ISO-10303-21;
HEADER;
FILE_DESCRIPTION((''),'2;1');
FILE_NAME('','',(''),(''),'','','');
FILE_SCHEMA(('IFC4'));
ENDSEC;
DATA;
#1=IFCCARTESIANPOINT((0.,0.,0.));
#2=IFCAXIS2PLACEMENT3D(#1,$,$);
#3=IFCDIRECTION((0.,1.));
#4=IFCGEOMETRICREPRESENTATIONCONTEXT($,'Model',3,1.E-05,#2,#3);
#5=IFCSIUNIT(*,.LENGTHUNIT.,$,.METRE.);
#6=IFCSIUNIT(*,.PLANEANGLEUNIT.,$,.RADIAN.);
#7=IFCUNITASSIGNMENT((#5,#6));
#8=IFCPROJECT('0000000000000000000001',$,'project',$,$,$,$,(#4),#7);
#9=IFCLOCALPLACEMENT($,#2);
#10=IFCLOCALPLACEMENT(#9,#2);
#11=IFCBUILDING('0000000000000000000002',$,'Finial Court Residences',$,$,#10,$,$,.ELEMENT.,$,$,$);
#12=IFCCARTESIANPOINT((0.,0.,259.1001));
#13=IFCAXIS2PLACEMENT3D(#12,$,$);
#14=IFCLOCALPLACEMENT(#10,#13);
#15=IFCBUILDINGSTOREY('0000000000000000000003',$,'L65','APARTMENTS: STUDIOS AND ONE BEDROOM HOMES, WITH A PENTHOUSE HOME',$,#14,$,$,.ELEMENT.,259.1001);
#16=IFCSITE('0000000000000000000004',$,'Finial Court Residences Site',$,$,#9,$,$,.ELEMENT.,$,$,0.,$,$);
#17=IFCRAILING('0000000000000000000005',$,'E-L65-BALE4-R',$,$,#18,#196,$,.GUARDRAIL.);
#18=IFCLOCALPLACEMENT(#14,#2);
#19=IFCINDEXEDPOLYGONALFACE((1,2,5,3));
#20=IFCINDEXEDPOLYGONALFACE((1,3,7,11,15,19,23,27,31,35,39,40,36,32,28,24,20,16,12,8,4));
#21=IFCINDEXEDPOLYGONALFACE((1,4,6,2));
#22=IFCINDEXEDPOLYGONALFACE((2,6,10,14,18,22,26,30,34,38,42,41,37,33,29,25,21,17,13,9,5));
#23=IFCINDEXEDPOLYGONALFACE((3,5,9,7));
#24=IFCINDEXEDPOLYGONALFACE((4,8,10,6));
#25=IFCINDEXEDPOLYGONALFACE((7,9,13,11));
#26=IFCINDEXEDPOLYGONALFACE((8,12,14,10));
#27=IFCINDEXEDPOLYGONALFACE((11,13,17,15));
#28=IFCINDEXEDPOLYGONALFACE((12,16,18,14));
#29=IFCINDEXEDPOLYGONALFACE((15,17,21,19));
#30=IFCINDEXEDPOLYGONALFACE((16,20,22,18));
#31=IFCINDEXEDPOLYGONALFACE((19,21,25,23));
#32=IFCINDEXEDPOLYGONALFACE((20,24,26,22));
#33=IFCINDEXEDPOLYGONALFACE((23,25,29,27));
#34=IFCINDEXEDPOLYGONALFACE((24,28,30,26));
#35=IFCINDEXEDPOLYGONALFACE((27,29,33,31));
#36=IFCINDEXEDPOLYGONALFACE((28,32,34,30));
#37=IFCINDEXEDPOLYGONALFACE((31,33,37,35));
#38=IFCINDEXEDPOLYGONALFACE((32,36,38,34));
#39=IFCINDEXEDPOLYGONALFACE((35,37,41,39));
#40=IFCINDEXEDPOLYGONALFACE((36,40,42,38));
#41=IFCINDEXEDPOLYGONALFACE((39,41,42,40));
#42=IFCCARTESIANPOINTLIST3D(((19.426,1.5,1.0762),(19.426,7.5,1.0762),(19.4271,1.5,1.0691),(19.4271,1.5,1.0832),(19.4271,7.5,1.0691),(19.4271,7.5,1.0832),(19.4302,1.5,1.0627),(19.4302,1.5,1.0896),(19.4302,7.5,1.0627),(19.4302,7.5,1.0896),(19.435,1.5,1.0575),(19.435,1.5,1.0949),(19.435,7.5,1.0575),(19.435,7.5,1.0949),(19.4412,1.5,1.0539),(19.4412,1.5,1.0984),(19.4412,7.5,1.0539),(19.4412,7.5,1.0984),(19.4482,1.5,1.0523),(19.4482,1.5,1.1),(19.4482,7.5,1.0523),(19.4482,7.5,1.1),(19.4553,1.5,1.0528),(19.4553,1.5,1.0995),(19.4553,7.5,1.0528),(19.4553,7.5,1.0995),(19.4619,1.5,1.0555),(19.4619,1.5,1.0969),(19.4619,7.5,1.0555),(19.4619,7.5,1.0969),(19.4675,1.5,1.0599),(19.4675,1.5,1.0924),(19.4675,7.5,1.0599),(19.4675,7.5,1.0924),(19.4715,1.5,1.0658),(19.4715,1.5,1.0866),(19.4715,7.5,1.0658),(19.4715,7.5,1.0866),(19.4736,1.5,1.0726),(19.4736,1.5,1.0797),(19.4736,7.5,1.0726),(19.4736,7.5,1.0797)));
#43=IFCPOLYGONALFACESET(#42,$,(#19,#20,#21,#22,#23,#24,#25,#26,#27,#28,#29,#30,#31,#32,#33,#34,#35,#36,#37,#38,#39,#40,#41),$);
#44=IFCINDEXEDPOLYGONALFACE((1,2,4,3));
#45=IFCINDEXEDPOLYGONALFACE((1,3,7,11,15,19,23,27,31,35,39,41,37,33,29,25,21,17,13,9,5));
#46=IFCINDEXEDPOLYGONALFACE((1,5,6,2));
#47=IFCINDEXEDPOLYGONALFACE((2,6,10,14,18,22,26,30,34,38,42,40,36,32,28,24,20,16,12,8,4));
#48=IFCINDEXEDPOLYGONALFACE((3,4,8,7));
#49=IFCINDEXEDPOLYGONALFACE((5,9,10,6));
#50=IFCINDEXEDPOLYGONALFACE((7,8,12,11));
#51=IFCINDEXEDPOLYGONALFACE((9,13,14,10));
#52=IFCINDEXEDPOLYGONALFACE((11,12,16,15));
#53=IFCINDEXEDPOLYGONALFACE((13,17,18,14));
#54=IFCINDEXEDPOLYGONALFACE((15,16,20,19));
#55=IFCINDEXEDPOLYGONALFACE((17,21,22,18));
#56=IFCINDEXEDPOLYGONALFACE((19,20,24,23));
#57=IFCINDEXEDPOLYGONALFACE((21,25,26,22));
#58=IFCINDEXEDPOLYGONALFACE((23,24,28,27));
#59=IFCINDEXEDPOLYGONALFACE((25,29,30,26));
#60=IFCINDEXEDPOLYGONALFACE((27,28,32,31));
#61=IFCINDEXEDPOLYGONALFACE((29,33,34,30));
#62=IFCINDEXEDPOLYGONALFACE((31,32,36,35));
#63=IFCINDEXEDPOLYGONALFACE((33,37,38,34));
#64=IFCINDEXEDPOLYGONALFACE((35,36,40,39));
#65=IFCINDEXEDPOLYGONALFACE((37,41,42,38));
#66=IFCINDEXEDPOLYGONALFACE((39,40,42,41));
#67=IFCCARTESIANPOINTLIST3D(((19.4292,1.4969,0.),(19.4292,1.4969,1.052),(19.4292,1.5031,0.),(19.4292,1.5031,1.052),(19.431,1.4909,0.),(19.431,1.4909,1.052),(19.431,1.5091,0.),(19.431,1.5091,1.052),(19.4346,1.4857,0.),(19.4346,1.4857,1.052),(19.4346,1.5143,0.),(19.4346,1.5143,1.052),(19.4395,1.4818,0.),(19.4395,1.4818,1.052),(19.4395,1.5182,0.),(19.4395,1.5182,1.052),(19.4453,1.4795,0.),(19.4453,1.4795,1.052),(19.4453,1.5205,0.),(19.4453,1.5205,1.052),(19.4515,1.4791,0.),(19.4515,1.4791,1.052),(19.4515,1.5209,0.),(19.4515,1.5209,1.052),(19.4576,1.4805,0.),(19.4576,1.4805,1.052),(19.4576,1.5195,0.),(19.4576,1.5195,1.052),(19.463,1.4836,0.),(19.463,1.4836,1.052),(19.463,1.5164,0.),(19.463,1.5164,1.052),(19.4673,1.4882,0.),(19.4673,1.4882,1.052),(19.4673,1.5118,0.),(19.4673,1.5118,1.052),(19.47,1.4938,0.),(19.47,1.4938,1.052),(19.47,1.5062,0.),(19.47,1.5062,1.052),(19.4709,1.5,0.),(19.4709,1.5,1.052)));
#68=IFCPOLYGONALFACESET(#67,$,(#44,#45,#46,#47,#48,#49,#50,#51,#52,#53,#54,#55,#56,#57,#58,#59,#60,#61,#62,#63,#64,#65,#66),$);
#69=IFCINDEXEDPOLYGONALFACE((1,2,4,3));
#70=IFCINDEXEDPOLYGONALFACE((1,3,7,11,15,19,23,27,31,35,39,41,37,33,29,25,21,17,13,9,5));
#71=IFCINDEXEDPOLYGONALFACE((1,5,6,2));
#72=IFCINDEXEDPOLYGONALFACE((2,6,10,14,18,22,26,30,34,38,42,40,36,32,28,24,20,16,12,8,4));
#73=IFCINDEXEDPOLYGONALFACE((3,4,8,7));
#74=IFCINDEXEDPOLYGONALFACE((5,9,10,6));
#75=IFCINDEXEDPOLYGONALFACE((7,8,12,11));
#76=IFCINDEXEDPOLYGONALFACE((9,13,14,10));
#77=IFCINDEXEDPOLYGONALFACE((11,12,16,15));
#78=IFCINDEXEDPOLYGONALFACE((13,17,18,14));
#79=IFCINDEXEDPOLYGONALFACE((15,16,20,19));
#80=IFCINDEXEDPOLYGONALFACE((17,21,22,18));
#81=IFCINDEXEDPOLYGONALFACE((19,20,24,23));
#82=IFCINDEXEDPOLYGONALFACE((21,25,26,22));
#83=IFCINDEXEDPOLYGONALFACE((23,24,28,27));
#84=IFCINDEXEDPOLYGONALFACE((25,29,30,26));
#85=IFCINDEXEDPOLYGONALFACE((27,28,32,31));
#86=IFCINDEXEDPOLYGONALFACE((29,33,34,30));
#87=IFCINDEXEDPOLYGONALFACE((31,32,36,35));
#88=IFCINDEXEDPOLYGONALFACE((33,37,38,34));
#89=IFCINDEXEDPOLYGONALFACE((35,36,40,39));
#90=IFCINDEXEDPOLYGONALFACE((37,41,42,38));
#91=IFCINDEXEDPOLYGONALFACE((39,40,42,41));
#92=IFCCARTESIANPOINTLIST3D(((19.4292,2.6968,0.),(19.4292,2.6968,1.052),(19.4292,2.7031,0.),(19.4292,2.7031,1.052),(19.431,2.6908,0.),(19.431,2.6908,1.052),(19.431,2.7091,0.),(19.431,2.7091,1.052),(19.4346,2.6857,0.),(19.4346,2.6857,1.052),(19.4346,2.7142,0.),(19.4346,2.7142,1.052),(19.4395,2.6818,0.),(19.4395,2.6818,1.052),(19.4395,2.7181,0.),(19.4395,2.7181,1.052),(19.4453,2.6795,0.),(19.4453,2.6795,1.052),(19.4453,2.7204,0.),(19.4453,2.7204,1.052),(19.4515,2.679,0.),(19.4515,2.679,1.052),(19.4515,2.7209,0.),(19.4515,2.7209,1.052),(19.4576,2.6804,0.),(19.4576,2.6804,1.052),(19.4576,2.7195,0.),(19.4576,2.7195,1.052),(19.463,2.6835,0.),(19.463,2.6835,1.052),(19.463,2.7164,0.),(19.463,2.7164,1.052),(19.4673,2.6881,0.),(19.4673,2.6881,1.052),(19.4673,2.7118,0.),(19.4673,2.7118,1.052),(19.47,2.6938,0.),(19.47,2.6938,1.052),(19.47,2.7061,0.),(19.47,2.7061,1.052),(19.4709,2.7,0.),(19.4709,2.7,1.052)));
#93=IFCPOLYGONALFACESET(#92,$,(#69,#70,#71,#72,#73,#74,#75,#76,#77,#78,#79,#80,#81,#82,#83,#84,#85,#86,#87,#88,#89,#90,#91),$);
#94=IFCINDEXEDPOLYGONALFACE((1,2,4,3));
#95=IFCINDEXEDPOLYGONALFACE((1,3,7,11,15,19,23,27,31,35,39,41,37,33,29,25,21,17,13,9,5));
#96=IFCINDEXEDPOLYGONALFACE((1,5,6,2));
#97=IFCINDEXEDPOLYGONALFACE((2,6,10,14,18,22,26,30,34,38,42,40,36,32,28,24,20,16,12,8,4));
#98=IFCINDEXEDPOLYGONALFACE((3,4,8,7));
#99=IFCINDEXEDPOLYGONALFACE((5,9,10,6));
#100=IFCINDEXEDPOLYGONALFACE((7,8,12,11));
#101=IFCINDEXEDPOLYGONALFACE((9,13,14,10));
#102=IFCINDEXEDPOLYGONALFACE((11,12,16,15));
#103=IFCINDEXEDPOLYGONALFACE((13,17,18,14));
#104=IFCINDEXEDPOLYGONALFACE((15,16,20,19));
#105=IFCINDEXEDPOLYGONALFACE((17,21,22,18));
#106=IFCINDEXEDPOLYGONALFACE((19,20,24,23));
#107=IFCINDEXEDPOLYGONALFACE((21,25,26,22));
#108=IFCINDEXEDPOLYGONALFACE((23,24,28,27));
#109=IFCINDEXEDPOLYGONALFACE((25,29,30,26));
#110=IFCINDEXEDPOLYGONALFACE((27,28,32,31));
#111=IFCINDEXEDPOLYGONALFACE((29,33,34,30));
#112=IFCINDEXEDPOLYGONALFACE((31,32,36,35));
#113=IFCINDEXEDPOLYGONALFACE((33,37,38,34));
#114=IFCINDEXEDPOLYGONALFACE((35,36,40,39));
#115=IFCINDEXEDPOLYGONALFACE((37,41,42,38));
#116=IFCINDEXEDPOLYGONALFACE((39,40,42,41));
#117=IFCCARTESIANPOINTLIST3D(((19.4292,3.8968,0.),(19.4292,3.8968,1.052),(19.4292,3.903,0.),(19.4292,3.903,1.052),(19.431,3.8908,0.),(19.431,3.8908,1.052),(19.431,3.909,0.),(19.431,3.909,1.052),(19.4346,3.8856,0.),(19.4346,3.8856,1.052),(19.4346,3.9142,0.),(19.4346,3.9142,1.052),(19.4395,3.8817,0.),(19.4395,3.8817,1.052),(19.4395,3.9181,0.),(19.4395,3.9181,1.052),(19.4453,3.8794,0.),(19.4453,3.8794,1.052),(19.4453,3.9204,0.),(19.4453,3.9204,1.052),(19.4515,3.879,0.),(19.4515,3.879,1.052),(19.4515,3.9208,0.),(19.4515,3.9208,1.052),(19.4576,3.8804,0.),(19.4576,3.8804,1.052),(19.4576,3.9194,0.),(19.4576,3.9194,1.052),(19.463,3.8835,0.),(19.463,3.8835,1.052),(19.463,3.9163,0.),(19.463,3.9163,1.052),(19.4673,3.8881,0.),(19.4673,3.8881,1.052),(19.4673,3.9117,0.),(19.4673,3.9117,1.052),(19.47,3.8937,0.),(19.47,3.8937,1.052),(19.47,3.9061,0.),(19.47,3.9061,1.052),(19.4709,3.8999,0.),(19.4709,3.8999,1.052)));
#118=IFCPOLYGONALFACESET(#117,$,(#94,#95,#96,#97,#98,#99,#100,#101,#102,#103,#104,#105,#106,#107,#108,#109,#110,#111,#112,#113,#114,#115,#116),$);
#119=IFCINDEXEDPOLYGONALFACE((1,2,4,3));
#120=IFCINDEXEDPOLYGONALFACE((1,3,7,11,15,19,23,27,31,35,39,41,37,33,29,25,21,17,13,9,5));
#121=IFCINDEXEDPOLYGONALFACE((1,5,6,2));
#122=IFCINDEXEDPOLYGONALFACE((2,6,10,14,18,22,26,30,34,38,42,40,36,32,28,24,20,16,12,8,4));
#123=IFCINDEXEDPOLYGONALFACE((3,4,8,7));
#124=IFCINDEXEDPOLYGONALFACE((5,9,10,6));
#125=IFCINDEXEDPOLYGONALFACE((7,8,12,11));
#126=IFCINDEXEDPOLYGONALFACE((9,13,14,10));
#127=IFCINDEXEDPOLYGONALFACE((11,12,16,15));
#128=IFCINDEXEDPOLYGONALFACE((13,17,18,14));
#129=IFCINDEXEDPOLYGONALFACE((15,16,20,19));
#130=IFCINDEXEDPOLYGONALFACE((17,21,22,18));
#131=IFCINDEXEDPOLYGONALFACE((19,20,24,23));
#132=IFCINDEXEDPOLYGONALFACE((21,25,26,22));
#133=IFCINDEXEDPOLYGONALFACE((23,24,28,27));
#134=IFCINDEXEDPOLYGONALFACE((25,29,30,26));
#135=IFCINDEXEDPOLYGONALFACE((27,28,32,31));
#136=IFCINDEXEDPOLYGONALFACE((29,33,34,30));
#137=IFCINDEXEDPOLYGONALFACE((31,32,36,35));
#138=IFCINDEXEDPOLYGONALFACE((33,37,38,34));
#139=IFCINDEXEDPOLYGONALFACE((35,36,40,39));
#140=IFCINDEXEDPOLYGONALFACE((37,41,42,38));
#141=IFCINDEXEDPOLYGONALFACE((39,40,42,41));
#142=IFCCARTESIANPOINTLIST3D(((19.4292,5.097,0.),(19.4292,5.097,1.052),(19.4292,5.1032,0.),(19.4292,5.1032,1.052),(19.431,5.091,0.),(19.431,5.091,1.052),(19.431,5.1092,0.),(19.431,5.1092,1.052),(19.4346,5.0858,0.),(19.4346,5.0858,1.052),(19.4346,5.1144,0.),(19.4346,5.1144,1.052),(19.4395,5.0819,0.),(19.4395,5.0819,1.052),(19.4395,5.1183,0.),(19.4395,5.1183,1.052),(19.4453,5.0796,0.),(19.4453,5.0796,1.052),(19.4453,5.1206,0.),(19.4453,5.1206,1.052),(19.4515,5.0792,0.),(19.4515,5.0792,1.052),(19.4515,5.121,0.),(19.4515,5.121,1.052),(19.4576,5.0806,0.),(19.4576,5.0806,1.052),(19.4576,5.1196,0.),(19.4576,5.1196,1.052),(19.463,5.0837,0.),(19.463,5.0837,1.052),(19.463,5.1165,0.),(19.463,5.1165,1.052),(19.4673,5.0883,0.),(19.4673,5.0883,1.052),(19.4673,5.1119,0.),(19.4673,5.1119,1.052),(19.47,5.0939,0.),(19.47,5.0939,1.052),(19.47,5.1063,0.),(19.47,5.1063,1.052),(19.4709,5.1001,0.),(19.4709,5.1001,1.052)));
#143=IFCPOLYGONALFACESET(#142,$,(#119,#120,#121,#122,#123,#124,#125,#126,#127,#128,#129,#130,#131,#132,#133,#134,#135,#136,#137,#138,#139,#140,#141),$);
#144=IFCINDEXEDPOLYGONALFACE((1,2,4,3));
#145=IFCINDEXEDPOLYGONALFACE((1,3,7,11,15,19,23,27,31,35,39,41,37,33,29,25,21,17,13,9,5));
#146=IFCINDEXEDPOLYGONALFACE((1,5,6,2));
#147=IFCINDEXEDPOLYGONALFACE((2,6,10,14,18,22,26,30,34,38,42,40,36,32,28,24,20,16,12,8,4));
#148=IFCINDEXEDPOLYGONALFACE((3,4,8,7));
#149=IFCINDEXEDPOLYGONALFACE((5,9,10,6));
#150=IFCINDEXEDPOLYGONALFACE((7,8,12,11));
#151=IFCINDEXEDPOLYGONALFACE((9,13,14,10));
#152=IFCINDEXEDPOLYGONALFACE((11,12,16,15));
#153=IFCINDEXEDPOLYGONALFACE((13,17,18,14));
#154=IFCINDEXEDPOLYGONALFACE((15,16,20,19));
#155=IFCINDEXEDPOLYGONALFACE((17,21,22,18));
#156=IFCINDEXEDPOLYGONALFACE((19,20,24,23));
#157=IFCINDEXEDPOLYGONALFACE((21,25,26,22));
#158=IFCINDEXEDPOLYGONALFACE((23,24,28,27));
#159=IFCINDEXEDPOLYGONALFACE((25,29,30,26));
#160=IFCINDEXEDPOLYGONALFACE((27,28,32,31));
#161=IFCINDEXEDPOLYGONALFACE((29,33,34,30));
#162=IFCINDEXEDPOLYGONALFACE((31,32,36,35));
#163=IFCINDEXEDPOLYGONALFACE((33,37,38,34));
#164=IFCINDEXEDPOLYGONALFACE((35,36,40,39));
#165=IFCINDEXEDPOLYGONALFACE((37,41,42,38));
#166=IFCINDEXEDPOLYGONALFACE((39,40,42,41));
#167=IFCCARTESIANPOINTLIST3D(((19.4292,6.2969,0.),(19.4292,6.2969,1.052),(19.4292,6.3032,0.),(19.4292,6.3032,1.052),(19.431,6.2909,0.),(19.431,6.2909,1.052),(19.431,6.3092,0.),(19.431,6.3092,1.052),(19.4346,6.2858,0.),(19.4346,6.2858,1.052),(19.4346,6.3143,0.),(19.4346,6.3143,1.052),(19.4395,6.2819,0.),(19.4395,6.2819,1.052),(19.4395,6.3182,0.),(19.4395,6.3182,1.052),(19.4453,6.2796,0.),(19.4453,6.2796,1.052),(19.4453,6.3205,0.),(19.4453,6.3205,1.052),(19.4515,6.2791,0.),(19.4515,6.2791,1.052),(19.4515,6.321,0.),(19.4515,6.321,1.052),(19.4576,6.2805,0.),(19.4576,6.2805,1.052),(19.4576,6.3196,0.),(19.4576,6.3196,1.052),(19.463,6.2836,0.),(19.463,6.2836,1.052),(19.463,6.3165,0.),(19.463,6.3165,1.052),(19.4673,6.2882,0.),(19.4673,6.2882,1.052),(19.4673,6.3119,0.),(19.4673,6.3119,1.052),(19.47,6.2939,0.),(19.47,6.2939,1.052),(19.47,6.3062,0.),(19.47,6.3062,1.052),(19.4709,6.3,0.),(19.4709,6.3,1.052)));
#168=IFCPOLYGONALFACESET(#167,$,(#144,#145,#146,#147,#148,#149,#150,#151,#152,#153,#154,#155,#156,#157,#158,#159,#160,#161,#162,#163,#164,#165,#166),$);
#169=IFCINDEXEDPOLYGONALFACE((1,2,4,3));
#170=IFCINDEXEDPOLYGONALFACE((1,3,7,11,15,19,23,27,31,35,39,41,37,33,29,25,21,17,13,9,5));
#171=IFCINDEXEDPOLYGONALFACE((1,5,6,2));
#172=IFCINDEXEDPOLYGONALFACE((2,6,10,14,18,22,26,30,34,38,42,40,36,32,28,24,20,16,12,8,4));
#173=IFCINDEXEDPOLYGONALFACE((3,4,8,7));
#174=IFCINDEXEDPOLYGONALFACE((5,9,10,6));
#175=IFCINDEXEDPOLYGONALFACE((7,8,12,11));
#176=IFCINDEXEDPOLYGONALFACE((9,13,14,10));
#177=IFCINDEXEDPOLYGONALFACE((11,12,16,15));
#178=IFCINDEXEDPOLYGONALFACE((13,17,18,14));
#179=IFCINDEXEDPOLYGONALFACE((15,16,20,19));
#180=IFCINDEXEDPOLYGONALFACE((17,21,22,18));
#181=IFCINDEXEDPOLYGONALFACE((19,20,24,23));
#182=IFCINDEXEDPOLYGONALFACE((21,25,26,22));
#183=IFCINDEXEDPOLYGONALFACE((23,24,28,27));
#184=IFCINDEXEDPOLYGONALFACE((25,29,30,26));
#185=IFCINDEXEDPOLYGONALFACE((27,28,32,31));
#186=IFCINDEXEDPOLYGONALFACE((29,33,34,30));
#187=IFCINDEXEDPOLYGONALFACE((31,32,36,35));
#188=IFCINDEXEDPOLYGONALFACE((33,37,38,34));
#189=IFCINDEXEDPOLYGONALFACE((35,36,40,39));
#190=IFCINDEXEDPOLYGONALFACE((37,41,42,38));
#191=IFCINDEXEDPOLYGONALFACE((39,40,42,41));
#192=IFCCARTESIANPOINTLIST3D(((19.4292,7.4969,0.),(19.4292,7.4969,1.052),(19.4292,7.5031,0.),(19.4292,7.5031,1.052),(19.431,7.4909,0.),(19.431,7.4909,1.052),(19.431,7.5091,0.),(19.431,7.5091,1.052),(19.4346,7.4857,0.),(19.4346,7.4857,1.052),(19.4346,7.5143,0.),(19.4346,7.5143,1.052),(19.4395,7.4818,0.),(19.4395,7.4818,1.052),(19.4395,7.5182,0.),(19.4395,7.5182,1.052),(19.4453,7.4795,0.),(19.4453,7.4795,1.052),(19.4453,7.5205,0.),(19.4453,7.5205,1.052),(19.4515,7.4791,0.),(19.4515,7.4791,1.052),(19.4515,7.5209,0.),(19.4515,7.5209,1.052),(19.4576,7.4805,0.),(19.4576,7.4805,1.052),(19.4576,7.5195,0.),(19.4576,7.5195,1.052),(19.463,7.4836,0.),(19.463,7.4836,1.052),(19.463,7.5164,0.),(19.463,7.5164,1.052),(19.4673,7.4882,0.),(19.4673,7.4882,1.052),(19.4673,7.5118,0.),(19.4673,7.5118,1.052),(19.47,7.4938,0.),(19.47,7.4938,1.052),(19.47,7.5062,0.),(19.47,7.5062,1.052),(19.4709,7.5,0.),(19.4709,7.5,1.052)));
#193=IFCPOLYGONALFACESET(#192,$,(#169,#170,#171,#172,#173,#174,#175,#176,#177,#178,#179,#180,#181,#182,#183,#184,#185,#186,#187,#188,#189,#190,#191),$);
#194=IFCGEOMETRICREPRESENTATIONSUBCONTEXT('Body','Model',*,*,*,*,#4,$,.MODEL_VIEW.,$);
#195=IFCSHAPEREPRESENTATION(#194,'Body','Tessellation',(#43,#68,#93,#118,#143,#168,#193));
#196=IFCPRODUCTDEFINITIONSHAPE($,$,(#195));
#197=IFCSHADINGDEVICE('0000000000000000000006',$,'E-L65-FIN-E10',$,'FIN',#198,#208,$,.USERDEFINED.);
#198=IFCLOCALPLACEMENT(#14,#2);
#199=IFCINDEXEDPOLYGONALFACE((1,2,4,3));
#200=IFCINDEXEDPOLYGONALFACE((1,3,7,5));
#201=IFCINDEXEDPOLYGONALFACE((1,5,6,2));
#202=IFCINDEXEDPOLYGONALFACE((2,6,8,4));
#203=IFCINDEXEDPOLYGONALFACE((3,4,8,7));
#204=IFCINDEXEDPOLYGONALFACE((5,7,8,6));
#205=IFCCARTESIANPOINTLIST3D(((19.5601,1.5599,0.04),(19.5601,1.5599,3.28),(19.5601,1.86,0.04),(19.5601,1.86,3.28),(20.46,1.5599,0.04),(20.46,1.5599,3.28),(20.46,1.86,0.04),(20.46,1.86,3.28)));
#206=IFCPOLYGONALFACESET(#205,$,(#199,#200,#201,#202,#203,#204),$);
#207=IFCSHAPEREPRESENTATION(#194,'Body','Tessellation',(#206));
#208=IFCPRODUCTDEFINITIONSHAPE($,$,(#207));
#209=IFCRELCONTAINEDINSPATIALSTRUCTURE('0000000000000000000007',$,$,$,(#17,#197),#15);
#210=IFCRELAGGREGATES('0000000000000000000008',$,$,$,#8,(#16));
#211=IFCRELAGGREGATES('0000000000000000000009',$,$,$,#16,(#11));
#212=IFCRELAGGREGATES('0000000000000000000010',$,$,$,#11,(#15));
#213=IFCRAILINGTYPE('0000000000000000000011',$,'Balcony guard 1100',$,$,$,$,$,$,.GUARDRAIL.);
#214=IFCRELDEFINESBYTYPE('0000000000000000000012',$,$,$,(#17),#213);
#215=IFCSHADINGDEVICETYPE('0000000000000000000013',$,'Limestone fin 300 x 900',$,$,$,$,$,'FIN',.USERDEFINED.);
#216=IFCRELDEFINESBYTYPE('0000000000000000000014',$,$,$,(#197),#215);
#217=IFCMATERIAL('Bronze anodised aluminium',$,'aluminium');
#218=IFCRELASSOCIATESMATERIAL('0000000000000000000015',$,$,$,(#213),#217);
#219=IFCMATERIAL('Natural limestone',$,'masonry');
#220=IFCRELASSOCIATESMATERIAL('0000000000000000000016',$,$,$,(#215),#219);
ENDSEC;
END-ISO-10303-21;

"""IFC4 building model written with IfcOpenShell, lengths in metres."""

from ifc_helpers import new_model, si_unit, direction, frame, origin, origin_2d, place, context, subcontext, project, spatial, rectangle, circle, extrude, material, type_object, element, save


model = new_model("IFC4")

# Units and contexts
model_context = context("Model", 3, precision=1e-05, world=origin(), true_north=direction((0.0, 1.0)))
body_context = subcontext(model_context, "Body", "Model", "MODEL_VIEW")
ifc_project = project(units=[si_unit("LENGTHUNIT", "METRE"), si_unit("PLANEANGLEUNIT", "RADIAN")], contexts=[model_context])

# Site, building, storey
site_placement = place(None, origin())
site = spatial("IfcSite", under=ifc_project, at=site_placement, Name="Finial Court Residences Site", CompositionType="ELEMENT", RefElevation=0.0)
building_placement = place(site_placement, origin())
building = spatial("IfcBuilding", under=site, at=building_placement, Name="Finial Court Residences", CompositionType="ELEMENT")
storey_placement = place(building_placement, frame((0.0, 0.0, 259.1001)))
storey = spatial("IfcBuildingStorey", under=building, at=storey_placement, Name="L65", Description="APARTMENTS: STUDIOS AND ONE BEDROOM HOMES, WITH A PENTHOUSE HOME", CompositionType="ELEMENT", Elevation=259.1001)

# Shared definitions
ifc_material_1 = material(Name="Bronze anodised aluminium", Category="aluminium")

# Shared definitions
ifc_material_2 = material(Name="Natural limestone", Category="masonry")

# Railing
railing_type = type_object("IfcRailingType", Name="Balcony guard 1100", PredefinedType="GUARDRAIL", material=ifc_material_1)
railing_placement = place(storey_placement, frame((19.45, 1.5, 0.0)))
element("IfcRailing", 1, at=railing_placement, inside=storey, type_object=railing_type, Name="E-L65-BALE4-R", PredefinedType="GUARDRAIL", context=body_context, shape_type="SweptSolid", body=[
    extrude(circle(Radius=0.0239, at=origin_2d()), frame((0.0, 0.0, 1.0762), z_axis=(0.0, 1.0, 0.0), x_axis=(-1.0, 0.0, 0.0)), (0.0, 0.0, 1.0), 6.0),
    extrude(circle(Radius=0.021, at=origin_2d()), origin(), (0.0, 0.0, 1.0), 1.052),
    extrude(circle(Radius=0.021, at=origin_2d()), frame((0.0, 1.2, 0.0)), (0.0, 0.0, 1.0), 1.052),
    extrude(circle(Radius=0.021, at=origin_2d()), frame((0.0, 2.3999, 0.0)), (0.0, 0.0, 1.0), 1.052),
    extrude(circle(Radius=0.021, at=origin_2d()), frame((0.0, 3.6001, 0.0)), (0.0, 0.0, 1.0), 1.052),
    extrude(circle(Radius=0.021, at=origin_2d()), frame((0.0, 4.8, 0.0)), (0.0, 0.0, 1.0), 1.052),
    extrude(circle(Radius=0.021, at=origin_2d()), frame((0.0, 6.0, 0.0)), (0.0, 0.0, 1.0), 1.052),
])

# Shading device
shading_device_type = type_object("IfcShadingDeviceType", Name="Limestone fin 300 x 900", ElementType="FIN", PredefinedType="USERDEFINED", material=ifc_material_2)
shading_device_placement = place(storey_placement, frame((20.01, 1.71, 0.04), z_axis=(0.0, 0.0, 1.0), x_axis=(1.0, 0.0, 0.0)))
element("IfcShadingDevice", 2, at=shading_device_placement, inside=storey, type_object=shading_device_type, Name="E-L65-FIN-E10", ObjectType="FIN", PredefinedType="USERDEFINED", context=body_context, shape_type="SweptSolid", body=[
    extrude(rectangle(XDim=0.8999, YDim=0.3, at=origin_2d()), origin(), (0.0, 0.0, 1.0), 3.24),
])

save(model, "model.ifc")
